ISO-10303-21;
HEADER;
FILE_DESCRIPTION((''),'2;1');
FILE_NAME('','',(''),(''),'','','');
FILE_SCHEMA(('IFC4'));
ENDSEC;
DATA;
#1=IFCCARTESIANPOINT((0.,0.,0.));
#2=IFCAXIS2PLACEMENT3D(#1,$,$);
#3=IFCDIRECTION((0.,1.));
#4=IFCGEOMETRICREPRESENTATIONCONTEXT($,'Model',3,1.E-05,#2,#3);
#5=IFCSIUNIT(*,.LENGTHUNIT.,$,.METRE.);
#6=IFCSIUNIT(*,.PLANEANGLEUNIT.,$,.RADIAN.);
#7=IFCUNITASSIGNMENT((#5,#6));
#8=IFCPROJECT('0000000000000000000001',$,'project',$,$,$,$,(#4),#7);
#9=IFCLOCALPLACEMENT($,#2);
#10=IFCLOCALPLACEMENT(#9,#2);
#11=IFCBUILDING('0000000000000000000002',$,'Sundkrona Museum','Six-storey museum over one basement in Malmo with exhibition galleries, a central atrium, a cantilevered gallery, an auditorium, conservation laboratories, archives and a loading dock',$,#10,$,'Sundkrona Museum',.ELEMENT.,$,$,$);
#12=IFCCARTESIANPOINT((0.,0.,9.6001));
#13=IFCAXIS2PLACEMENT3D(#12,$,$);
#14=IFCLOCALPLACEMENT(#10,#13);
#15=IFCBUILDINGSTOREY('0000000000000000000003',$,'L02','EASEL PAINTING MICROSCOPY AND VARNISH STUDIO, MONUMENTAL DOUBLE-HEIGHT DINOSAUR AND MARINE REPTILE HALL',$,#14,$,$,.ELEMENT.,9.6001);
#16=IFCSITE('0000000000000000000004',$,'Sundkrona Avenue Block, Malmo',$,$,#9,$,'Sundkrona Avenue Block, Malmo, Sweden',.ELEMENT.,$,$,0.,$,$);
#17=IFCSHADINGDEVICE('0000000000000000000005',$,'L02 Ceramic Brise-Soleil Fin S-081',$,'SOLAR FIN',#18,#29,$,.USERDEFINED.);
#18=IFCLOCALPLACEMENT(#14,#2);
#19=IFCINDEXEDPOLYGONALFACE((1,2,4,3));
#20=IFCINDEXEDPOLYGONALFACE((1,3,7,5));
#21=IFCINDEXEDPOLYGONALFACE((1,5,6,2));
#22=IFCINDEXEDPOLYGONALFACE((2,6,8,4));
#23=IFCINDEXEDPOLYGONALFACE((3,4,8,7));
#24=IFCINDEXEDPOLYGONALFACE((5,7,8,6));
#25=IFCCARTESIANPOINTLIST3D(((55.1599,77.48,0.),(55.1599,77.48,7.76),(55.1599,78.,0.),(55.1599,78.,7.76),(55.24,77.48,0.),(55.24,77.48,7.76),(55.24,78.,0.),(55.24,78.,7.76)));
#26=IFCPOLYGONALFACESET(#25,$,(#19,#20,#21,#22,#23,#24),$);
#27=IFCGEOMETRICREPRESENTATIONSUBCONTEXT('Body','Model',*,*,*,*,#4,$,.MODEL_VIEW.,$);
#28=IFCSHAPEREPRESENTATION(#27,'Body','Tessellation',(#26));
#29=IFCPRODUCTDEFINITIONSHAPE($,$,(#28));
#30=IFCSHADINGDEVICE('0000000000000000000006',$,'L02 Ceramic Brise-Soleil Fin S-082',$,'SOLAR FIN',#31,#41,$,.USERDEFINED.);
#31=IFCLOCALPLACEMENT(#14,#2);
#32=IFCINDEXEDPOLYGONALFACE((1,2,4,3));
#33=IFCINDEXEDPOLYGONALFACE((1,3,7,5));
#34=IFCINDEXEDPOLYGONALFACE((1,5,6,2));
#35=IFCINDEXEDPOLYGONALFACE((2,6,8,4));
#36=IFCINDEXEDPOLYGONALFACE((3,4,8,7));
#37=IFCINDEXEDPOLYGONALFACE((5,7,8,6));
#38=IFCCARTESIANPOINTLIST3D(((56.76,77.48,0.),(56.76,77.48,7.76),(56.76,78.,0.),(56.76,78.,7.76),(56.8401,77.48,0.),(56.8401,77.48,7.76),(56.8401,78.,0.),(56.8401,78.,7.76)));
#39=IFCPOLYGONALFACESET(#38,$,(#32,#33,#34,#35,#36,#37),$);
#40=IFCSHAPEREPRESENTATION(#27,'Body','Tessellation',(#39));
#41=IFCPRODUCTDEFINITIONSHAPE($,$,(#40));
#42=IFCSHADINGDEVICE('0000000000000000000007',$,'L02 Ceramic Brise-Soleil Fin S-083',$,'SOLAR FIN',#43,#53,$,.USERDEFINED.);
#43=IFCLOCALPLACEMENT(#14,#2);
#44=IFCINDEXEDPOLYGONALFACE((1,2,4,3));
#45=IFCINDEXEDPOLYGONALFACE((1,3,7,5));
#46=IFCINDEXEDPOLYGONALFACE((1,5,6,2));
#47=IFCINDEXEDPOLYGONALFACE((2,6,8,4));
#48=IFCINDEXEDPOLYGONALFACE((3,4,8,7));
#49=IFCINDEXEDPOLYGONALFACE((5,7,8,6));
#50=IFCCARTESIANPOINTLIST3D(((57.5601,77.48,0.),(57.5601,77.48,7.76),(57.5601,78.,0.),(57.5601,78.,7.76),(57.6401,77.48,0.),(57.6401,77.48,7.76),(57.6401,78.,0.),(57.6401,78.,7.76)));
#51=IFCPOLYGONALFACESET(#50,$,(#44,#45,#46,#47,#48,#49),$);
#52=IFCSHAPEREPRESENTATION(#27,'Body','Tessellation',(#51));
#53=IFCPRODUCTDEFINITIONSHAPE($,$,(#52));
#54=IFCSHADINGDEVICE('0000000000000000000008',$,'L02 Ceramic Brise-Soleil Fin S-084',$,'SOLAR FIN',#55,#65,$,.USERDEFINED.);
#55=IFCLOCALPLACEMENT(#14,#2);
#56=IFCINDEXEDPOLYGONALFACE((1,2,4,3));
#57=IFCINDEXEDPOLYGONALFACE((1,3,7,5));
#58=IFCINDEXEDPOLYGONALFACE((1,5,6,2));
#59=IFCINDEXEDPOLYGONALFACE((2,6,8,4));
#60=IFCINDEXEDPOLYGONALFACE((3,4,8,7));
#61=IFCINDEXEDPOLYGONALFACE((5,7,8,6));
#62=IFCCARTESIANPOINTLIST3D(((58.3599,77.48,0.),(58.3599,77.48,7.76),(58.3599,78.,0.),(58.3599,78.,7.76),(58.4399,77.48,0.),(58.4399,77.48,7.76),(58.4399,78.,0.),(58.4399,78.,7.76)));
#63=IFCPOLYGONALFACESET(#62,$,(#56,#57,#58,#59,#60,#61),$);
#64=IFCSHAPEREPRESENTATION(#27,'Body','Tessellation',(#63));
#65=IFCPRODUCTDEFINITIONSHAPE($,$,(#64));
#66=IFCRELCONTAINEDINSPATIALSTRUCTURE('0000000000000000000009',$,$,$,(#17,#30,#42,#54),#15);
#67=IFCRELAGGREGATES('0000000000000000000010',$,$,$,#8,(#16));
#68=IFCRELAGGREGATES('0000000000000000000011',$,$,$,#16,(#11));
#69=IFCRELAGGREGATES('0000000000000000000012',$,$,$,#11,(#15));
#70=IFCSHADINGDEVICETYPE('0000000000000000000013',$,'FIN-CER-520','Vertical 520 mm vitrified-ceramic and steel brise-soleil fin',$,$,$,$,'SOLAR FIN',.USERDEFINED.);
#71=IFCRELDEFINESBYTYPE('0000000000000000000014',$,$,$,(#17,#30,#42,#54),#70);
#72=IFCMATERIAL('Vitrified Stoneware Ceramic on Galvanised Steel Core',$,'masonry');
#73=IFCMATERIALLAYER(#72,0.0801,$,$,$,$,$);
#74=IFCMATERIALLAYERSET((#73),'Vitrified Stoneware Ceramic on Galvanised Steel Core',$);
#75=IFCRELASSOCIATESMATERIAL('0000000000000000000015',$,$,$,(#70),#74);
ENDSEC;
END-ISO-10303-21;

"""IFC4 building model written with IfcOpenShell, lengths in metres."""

from ifc_helpers import new_model, si_unit, direction, frame, origin, origin_2d, place, context, subcontext, project, spatial, rectangle, extrude, material, layer, layer_set, type_object, element, save


model = new_model("IFC4")

# Units and contexts
model_context = context("Model", 3, precision=1e-05, world=origin(), true_north=direction((0.0, 1.0)))
body_context = subcontext(model_context, "Body", "Model", "MODEL_VIEW")
ifc_project = project(units=[si_unit("LENGTHUNIT", "METRE"), si_unit("PLANEANGLEUNIT", "RADIAN")], contexts=[model_context])

# Site, building, storey
site_placement = place(None, origin())
site = spatial("IfcSite", under=ifc_project, at=site_placement, Name="Sundkrona Avenue Block, Malmo", LongName="Sundkrona Avenue Block, Malmo, Sweden", CompositionType="ELEMENT", RefElevation=0.0)
building_placement = place(site_placement, origin())
building = spatial("IfcBuilding", under=site, at=building_placement, Name="Sundkrona Museum", Description="Six-storey museum over one basement in Malmo with exhibition galleries, a central atrium, a cantilevered gallery, an auditorium, conservation laboratories, archives and a loading dock", LongName="Sundkrona Museum", CompositionType="ELEMENT")
storey_placement = place(building_placement, frame((0.0, 0.0, 9.6001)))
storey = spatial("IfcBuildingStorey", under=building, at=storey_placement, Name="L02", Description="EASEL PAINTING MICROSCOPY AND VARNISH STUDIO, MONUMENTAL DOUBLE-HEIGHT DINOSAUR AND MARINE REPTILE HALL", CompositionType="ELEMENT", Elevation=9.6001)

# Shading devices
ifc_material_1 = material(Name="Vitrified Stoneware Ceramic on Galvanised Steel Core", Category="masonry")
ifc_layer_1 = layer(ifc_material_1, 0.0801)
ifc_layer_set_1 = layer_set([ifc_layer_1], Name="Vitrified Stoneware Ceramic on Galvanised Steel Core")
shading_device_type = type_object("IfcShadingDeviceType", Name="FIN-CER-520", Description="Vertical 520 mm vitrified-ceramic and steel brise-soleil fin", ElementType="SOLAR FIN", PredefinedType="USERDEFINED", material=ifc_layer_set_1)
for number, where, z_axis, x_axis, name in (
    (1, (55.2, 77.74, 0.0), (0.0, 0.0, 1.0), (1.0, 0.0, 0.0), "L02 Ceramic Brise-Soleil Fin S-081"),
    (2, (56.8, 77.74, 0.0), (0.0, 0.0, 1.0), (1.0, 0.0, 0.0), "L02 Ceramic Brise-Soleil Fin S-082"),
    (3, (57.6001, 77.74, 0.0), (0.0, 0.0, 1.0), (1.0, 0.0, 0.0), "L02 Ceramic Brise-Soleil Fin S-083"),
    (4, (58.3999, 77.74, 0.0), (0.0, 0.0, 1.0), (1.0, 0.0, 0.0), "L02 Ceramic Brise-Soleil Fin S-084"),
):
    element("IfcShadingDevice", number, at=place(storey_placement, frame(where, z_axis=z_axis, x_axis=x_axis)), inside=storey, type_object=shading_device_type, Name=name, ObjectType="SOLAR FIN", PredefinedType="USERDEFINED", context=body_context, shape_type="SweptSolid", body=[
        extrude(rectangle(XDim=0.0801, YDim=0.52, at=origin_2d()), origin(), (0.0, 0.0, 1.0), 7.76),
    ])

save(model, "model.ifc")
